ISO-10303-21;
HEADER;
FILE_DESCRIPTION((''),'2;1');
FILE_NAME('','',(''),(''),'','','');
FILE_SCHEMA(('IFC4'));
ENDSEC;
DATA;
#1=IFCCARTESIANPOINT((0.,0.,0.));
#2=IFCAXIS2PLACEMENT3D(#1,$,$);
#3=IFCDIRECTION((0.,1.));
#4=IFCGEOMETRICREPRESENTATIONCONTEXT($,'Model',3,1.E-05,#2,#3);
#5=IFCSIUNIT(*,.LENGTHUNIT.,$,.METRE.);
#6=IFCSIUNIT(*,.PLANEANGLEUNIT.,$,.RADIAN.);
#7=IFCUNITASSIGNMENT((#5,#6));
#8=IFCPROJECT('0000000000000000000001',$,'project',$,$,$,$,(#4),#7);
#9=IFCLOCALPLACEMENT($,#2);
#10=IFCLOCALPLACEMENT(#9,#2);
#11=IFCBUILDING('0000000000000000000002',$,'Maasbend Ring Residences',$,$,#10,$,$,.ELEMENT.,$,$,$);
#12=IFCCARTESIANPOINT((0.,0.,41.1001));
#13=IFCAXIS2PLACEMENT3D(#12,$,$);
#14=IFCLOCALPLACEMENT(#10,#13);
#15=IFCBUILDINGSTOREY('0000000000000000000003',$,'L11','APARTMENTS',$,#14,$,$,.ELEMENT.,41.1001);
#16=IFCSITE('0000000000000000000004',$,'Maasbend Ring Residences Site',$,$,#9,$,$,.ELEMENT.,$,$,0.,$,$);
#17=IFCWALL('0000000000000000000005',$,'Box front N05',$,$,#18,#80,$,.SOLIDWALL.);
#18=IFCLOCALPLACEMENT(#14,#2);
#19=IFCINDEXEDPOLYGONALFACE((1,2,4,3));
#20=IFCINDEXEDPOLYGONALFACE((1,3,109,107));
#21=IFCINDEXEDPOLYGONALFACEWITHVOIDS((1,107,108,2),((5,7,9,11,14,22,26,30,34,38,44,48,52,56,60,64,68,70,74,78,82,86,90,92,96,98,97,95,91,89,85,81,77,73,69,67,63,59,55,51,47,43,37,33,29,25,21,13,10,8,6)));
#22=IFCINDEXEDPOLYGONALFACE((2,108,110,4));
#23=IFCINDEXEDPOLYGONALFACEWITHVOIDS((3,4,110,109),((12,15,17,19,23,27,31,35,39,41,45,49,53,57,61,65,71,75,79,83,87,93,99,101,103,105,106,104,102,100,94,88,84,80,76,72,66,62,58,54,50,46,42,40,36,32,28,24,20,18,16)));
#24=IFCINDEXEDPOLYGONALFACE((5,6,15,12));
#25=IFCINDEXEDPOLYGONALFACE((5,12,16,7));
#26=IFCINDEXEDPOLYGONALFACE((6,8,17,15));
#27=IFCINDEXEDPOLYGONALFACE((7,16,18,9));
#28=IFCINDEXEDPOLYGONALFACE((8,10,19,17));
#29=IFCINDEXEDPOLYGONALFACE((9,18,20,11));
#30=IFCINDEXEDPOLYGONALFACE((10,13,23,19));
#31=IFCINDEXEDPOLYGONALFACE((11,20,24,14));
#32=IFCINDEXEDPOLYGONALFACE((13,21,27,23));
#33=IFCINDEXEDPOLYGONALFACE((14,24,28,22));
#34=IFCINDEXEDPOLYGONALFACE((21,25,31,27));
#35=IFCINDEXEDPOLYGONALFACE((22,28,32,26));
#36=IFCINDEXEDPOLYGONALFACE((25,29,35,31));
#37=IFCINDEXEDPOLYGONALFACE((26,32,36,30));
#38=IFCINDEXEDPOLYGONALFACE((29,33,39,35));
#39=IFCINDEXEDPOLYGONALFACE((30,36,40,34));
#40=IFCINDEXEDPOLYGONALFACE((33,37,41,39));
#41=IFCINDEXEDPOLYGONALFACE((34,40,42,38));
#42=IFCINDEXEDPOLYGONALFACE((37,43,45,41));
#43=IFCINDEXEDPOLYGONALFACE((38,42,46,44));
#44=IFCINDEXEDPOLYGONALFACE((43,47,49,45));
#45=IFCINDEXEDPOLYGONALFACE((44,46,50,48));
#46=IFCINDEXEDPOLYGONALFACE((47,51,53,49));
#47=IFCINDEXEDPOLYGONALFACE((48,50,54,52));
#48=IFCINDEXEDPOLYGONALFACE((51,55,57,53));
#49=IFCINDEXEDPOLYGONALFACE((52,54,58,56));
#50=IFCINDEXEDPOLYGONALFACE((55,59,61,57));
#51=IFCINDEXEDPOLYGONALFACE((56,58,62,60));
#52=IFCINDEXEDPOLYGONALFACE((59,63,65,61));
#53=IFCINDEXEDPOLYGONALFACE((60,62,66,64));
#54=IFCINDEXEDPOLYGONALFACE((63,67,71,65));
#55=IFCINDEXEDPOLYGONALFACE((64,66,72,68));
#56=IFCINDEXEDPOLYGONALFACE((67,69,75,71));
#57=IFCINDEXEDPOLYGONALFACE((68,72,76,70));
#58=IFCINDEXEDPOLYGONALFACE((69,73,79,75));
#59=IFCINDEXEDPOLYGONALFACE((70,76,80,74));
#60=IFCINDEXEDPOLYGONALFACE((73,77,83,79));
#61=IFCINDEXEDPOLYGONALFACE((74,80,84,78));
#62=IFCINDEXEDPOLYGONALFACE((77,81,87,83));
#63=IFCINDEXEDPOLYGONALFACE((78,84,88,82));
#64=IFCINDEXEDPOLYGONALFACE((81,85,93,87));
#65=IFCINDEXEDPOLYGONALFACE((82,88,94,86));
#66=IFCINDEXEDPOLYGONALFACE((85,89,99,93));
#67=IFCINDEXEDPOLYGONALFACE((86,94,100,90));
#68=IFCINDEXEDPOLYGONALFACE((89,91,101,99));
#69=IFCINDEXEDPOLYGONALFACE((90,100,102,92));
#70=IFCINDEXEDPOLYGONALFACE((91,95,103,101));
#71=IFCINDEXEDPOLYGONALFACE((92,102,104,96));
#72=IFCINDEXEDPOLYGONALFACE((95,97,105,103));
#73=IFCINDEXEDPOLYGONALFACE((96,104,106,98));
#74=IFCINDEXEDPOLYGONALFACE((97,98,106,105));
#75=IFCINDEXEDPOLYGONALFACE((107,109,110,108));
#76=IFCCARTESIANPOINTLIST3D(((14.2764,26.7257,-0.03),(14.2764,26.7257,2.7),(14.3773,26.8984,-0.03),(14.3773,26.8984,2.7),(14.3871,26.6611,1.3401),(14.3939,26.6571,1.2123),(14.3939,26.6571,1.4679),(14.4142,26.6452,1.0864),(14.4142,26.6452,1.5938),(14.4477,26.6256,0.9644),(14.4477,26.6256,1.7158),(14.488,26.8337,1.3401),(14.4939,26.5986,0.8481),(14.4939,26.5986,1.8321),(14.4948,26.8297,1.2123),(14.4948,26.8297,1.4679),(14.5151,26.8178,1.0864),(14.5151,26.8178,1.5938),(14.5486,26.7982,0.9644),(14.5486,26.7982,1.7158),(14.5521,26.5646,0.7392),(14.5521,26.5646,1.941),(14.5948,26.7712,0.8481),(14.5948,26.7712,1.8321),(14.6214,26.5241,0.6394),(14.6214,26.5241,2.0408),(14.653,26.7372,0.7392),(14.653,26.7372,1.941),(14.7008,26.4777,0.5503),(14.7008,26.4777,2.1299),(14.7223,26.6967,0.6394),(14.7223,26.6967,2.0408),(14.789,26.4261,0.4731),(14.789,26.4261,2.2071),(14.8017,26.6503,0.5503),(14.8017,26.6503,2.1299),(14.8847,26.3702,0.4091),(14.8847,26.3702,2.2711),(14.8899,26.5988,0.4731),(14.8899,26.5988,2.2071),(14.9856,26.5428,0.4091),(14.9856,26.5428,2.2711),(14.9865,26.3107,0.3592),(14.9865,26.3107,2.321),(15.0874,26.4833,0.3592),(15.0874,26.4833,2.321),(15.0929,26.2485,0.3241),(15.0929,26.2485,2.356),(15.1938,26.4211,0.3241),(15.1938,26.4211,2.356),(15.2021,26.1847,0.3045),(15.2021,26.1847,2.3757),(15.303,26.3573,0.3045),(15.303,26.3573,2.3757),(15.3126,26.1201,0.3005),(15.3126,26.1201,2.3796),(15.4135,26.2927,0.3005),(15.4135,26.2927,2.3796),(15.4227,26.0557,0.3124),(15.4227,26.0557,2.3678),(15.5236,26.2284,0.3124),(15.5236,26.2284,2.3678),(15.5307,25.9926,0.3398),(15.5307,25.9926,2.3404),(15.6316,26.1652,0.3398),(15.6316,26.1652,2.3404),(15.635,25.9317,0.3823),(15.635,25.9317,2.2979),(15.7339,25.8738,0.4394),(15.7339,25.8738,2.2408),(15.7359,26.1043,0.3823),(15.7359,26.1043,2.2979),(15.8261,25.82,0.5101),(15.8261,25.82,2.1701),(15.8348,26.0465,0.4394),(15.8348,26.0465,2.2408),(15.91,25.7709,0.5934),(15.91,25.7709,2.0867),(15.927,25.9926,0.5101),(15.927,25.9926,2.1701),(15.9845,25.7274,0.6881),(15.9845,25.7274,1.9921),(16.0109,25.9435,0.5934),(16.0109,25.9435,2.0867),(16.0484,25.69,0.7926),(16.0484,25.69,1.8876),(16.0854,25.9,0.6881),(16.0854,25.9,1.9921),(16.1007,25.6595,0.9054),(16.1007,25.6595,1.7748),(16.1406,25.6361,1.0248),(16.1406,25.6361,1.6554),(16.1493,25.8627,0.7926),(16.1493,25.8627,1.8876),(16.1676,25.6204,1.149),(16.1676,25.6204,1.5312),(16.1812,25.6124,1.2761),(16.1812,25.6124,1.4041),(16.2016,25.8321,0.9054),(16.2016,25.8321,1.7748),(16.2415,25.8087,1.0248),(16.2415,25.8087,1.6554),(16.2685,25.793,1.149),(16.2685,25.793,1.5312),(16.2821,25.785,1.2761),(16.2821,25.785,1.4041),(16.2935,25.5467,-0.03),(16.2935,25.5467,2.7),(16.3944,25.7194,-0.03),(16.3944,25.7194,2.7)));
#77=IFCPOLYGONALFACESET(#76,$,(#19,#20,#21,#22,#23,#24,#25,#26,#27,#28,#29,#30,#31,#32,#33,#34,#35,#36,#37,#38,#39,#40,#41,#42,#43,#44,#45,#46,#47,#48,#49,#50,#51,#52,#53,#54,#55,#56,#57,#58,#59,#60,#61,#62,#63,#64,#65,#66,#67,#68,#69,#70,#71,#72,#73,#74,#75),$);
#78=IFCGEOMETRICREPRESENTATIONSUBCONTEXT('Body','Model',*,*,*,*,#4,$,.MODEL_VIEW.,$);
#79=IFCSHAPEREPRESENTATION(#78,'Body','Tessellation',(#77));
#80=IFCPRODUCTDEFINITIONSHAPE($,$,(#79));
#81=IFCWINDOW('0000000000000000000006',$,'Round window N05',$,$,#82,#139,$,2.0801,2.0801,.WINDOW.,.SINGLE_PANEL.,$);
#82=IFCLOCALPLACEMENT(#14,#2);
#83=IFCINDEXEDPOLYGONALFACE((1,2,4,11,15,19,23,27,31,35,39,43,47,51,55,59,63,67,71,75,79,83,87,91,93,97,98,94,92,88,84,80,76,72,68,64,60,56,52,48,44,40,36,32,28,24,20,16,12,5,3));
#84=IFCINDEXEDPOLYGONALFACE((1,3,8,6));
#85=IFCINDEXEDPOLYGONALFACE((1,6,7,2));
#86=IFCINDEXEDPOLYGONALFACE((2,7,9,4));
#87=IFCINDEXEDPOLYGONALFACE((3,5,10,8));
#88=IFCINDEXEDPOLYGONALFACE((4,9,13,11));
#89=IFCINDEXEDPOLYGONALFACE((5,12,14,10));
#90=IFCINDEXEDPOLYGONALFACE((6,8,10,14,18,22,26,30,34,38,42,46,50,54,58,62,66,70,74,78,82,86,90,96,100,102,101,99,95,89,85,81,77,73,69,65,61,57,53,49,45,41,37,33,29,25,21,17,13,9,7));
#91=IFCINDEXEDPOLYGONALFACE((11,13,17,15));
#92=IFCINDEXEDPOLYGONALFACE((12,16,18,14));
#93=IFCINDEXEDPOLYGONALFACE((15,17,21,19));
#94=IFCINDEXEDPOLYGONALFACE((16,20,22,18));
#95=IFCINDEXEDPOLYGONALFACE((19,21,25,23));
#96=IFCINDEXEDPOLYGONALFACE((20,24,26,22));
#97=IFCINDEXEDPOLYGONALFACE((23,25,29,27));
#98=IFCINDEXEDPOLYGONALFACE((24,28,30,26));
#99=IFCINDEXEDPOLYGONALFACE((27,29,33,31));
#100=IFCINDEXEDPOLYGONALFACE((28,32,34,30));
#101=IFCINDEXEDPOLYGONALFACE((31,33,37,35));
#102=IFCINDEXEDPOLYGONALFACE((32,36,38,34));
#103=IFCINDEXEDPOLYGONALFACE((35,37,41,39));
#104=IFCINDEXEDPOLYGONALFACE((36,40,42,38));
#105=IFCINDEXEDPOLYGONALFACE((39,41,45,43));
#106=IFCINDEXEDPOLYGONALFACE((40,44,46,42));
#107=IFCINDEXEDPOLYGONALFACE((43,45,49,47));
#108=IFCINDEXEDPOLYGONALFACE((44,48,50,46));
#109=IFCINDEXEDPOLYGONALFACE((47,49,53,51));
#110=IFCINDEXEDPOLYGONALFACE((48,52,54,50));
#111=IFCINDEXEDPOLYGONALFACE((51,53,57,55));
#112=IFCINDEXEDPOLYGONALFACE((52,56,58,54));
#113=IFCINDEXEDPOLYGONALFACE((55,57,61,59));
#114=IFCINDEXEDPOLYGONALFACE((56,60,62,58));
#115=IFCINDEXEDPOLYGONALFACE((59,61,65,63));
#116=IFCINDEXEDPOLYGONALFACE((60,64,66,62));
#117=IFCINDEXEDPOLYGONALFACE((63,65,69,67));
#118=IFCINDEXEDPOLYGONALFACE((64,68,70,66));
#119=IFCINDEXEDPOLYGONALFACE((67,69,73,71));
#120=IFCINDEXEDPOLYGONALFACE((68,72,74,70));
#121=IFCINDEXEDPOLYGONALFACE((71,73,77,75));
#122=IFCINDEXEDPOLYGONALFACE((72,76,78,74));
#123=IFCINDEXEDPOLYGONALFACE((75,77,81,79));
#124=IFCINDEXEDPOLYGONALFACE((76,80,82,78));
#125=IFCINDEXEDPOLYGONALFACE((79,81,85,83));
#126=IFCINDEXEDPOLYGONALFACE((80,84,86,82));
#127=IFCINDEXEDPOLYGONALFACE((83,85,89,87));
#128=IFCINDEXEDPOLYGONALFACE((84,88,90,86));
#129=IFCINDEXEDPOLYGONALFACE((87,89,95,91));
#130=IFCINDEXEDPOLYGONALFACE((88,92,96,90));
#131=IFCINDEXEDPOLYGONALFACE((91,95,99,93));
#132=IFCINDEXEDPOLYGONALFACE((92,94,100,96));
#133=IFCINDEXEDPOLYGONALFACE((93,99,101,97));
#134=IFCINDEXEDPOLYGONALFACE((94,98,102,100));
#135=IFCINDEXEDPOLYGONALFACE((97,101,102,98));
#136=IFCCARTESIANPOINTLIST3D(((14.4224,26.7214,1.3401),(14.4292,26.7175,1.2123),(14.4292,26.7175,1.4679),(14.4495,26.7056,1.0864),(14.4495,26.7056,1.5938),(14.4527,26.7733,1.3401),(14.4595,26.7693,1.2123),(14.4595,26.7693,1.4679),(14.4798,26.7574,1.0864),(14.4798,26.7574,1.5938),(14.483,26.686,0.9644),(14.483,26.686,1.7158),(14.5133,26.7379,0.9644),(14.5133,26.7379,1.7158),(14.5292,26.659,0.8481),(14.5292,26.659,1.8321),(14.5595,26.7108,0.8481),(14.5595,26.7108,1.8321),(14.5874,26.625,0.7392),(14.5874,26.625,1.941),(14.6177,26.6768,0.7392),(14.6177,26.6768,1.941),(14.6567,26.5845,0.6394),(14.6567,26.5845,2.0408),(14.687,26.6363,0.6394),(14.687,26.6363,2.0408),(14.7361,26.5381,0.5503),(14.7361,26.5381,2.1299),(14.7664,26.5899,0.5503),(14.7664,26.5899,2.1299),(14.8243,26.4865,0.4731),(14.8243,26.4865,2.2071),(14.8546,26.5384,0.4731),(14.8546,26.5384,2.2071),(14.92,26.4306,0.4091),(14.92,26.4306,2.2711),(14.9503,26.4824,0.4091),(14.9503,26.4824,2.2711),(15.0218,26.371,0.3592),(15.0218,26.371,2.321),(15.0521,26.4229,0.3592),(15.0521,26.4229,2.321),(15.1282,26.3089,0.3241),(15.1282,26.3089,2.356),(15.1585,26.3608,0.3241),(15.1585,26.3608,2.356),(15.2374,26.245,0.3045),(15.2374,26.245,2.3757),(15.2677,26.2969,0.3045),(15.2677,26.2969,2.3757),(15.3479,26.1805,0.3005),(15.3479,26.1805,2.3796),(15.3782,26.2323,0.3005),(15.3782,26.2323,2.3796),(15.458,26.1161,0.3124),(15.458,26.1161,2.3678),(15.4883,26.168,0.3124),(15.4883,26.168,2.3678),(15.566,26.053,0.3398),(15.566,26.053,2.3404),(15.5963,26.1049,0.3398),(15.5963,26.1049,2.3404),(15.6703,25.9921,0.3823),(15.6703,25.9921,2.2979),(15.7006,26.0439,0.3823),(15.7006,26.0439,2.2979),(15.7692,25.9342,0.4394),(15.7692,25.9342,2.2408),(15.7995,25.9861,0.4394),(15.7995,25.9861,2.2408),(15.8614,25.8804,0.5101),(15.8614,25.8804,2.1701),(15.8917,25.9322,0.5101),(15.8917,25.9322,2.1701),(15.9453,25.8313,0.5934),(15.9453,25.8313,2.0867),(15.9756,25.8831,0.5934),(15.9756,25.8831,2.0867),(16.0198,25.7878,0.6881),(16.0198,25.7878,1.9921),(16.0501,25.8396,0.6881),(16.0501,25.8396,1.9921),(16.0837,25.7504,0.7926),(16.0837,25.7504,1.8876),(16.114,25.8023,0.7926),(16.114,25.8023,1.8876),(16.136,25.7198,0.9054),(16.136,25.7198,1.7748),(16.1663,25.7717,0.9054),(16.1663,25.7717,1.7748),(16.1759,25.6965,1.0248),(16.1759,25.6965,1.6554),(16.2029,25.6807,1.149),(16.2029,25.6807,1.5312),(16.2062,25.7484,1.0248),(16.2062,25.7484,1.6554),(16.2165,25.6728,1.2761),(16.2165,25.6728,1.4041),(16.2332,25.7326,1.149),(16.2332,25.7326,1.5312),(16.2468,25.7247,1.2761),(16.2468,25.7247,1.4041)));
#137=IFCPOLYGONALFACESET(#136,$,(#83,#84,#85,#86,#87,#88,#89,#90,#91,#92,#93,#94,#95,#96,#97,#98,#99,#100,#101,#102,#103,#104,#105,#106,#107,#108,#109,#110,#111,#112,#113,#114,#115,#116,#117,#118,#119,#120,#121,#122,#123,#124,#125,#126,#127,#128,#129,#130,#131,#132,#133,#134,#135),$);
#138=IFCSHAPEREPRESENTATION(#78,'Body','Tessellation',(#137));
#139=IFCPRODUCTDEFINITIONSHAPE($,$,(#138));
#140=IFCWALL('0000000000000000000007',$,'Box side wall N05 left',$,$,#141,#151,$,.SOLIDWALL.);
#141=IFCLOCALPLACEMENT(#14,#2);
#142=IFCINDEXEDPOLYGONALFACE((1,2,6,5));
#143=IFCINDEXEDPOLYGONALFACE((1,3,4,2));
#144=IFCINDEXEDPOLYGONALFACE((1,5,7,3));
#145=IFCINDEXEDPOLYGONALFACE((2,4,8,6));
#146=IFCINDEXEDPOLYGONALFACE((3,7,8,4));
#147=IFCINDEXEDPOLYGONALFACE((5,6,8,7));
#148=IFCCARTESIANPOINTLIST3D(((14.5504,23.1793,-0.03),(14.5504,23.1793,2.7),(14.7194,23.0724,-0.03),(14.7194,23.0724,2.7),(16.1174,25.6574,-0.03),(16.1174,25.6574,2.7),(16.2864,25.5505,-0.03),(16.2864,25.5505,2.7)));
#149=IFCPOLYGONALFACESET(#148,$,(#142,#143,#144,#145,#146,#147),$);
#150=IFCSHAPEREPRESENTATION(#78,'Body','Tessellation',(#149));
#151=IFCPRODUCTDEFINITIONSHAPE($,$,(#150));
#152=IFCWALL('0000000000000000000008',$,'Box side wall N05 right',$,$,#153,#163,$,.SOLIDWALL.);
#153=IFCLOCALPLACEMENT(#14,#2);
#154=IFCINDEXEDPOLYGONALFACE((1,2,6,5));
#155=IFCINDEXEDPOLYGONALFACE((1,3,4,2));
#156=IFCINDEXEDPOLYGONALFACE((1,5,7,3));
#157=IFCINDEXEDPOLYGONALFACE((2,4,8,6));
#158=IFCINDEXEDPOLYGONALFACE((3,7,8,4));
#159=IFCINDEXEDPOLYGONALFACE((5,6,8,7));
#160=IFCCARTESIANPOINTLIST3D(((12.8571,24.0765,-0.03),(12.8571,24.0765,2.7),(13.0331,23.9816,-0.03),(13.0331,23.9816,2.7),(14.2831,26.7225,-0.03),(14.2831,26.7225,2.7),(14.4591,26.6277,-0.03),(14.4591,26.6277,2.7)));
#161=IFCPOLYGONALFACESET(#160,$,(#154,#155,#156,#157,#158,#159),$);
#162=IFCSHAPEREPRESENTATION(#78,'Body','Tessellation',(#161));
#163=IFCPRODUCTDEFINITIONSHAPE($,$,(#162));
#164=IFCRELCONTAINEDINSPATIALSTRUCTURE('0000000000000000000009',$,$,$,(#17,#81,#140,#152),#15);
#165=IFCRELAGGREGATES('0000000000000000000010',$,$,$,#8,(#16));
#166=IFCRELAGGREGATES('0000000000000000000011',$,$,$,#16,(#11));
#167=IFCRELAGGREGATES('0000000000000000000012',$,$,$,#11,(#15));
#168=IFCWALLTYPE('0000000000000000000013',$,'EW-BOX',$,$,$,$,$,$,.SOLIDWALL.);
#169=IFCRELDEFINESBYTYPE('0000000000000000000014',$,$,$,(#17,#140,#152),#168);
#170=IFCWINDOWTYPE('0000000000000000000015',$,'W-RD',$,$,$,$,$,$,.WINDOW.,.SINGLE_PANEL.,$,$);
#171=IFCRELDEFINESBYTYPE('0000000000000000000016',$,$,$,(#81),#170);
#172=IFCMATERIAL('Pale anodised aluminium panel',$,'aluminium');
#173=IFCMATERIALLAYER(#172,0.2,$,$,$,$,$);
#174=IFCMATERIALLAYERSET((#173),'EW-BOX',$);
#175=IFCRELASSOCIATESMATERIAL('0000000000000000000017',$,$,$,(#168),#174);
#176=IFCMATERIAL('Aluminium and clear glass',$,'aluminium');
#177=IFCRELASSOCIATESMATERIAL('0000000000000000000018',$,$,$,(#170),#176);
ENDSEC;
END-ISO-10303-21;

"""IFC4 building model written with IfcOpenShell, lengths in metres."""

from ifc_helpers import new_model, si_unit, direction, frame, frame_2d, origin, place, context, subcontext, project, spatial, rectangle, circle, extrude, material, layer, layer_set, type_object, element, fill, save


model = new_model("IFC4")

# Units and contexts
model_context = context("Model", 3, precision=1e-05, world=origin(), true_north=direction((0.0, 1.0)))
body_context = subcontext(model_context, "Body", "Model", "MODEL_VIEW")
ifc_project = project(units=[si_unit("LENGTHUNIT", "METRE"), si_unit("PLANEANGLEUNIT", "RADIAN")], contexts=[model_context])

# Site, building, storey
site_placement = place(None, origin())
site = spatial("IfcSite", under=ifc_project, at=site_placement, Name="Maasbend Ring Residences Site", CompositionType="ELEMENT", RefElevation=0.0)
building_placement = place(site_placement, origin())
building = spatial("IfcBuilding", under=site, at=building_placement, Name="Maasbend Ring Residences", CompositionType="ELEMENT")
storey_placement = place(building_placement, frame((0.0, 0.0, 41.1001)))
storey = spatial("IfcBuildingStorey", under=building, at=storey_placement, Name="L11", Description="APARTMENTS", CompositionType="ELEMENT", Elevation=41.1001)

# Shared definitions
ifc_material_1 = material(Name="Pale anodised aluminium panel", Category="aluminium")
ifc_layer_1 = layer(ifc_material_1, 0.2)
ifc_layer_set_1 = layer_set([ifc_layer_1], Name="EW-BOX")
wall_type_1 = type_object("IfcWallType", Name="EW-BOX", PredefinedType="SOLIDWALL", material=ifc_layer_set_1)
ifc_material_2 = material(Name="Aluminium and clear glass", Category="aluminium")
window_type_1 = type_object("IfcWindowType", Name="W-RD", PartitioningType="SINGLE_PANEL", PredefinedType="WINDOW", material=ifc_material_2)

# Wall, opening, window
wall_1_placement = place(storey_placement, frame((16.344, 25.6331, -0.03), z_axis=(0.0, 0.0, 1.0), x_axis=(-0.863347, 0.504612, 0.0)))
wall_1 = element("IfcWall", 1, at=wall_1_placement, inside=storey, type_object=wall_type_1, Name="Box front N05", PredefinedType="SOLIDWALL", context=body_context, shape_type="SweptSolid", body=[
    extrude(rectangle(XDim=2.3364, YDim=0.2, at=frame_2d((1.1682, 0.0))), origin(), (0.0, 0.0, 1.0), 2.73),
])
opening_1_placement = place(wall_1_placement, frame((0.1282, 0.0, 0.3301)))
opening_1 = element("IfcOpeningElement", 2, at=opening_1_placement, cuts=wall_1, PredefinedType="OPENING", context=body_context, shape_type="SweptSolid", body=[
    extrude(circle(Radius=1.04, at=frame_2d((1.04, 1.04))), frame((0.0, 0.1099, 0.0), z_axis=(0.0, -1.0, 0.0), x_axis=(1.0, 0.0, 0.0)), (0.0, 0.0, 1.0), 0.22),
])
window_1_placement = place(opening_1_placement, origin())
window_1 = element("IfcWindow", 3, at=window_1_placement, inside=storey, type_object=window_type_1, Name="Round window N05", OverallHeight=2.0801, OverallWidth=2.0801, PartitioningType="SINGLE_PANEL", PredefinedType="WINDOW", context=body_context, shape_type="SweptSolid", body=[
    extrude(circle(Radius=1.04, at=frame_2d((1.04, 1.04))), frame((0.0, 0.03, 0.0), z_axis=(0.0, -1.0, 0.0), x_axis=(1.0, 0.0, 0.0)), (0.0, 0.0, 1.0), 0.0601),
])
fill(opening_1, window_1)

# Walls
wall_2_placement = place(storey_placement, frame((14.635, 23.126, -0.03), z_axis=(0.0, 0.0, 1.0), x_axis=(0.534438, 0.845208, 0.0)))
element("IfcWall", 4, at=wall_2_placement, inside=storey, type_object=wall_type_1, Name="Box side wall N05 left", PredefinedType="SOLIDWALL", context=body_context, shape_type="SweptSolid", body=[
    extrude(rectangle(XDim=2.9319, YDim=0.2, at=frame_2d((1.4658, 0.0))), origin(), (0.0, 0.0, 1.0), 2.73),
])
wall_3_placement = place(storey_placement, frame((12.9451, 24.0291, -0.03), z_axis=(0.0, 0.0, 1.0), x_axis=(0.474424, 0.880296, 0.0)))
element("IfcWall", 5, at=wall_3_placement, inside=storey, type_object=wall_type_1, Name="Box side wall N05 right", PredefinedType="SOLIDWALL", context=body_context, shape_type="SweptSolid", body=[
    extrude(rectangle(XDim=3.0059, YDim=0.2, at=frame_2d((1.5029, 0.0))), origin(), (0.0, 0.0, 1.0), 2.73),
])

save(model, "model.ifc")
